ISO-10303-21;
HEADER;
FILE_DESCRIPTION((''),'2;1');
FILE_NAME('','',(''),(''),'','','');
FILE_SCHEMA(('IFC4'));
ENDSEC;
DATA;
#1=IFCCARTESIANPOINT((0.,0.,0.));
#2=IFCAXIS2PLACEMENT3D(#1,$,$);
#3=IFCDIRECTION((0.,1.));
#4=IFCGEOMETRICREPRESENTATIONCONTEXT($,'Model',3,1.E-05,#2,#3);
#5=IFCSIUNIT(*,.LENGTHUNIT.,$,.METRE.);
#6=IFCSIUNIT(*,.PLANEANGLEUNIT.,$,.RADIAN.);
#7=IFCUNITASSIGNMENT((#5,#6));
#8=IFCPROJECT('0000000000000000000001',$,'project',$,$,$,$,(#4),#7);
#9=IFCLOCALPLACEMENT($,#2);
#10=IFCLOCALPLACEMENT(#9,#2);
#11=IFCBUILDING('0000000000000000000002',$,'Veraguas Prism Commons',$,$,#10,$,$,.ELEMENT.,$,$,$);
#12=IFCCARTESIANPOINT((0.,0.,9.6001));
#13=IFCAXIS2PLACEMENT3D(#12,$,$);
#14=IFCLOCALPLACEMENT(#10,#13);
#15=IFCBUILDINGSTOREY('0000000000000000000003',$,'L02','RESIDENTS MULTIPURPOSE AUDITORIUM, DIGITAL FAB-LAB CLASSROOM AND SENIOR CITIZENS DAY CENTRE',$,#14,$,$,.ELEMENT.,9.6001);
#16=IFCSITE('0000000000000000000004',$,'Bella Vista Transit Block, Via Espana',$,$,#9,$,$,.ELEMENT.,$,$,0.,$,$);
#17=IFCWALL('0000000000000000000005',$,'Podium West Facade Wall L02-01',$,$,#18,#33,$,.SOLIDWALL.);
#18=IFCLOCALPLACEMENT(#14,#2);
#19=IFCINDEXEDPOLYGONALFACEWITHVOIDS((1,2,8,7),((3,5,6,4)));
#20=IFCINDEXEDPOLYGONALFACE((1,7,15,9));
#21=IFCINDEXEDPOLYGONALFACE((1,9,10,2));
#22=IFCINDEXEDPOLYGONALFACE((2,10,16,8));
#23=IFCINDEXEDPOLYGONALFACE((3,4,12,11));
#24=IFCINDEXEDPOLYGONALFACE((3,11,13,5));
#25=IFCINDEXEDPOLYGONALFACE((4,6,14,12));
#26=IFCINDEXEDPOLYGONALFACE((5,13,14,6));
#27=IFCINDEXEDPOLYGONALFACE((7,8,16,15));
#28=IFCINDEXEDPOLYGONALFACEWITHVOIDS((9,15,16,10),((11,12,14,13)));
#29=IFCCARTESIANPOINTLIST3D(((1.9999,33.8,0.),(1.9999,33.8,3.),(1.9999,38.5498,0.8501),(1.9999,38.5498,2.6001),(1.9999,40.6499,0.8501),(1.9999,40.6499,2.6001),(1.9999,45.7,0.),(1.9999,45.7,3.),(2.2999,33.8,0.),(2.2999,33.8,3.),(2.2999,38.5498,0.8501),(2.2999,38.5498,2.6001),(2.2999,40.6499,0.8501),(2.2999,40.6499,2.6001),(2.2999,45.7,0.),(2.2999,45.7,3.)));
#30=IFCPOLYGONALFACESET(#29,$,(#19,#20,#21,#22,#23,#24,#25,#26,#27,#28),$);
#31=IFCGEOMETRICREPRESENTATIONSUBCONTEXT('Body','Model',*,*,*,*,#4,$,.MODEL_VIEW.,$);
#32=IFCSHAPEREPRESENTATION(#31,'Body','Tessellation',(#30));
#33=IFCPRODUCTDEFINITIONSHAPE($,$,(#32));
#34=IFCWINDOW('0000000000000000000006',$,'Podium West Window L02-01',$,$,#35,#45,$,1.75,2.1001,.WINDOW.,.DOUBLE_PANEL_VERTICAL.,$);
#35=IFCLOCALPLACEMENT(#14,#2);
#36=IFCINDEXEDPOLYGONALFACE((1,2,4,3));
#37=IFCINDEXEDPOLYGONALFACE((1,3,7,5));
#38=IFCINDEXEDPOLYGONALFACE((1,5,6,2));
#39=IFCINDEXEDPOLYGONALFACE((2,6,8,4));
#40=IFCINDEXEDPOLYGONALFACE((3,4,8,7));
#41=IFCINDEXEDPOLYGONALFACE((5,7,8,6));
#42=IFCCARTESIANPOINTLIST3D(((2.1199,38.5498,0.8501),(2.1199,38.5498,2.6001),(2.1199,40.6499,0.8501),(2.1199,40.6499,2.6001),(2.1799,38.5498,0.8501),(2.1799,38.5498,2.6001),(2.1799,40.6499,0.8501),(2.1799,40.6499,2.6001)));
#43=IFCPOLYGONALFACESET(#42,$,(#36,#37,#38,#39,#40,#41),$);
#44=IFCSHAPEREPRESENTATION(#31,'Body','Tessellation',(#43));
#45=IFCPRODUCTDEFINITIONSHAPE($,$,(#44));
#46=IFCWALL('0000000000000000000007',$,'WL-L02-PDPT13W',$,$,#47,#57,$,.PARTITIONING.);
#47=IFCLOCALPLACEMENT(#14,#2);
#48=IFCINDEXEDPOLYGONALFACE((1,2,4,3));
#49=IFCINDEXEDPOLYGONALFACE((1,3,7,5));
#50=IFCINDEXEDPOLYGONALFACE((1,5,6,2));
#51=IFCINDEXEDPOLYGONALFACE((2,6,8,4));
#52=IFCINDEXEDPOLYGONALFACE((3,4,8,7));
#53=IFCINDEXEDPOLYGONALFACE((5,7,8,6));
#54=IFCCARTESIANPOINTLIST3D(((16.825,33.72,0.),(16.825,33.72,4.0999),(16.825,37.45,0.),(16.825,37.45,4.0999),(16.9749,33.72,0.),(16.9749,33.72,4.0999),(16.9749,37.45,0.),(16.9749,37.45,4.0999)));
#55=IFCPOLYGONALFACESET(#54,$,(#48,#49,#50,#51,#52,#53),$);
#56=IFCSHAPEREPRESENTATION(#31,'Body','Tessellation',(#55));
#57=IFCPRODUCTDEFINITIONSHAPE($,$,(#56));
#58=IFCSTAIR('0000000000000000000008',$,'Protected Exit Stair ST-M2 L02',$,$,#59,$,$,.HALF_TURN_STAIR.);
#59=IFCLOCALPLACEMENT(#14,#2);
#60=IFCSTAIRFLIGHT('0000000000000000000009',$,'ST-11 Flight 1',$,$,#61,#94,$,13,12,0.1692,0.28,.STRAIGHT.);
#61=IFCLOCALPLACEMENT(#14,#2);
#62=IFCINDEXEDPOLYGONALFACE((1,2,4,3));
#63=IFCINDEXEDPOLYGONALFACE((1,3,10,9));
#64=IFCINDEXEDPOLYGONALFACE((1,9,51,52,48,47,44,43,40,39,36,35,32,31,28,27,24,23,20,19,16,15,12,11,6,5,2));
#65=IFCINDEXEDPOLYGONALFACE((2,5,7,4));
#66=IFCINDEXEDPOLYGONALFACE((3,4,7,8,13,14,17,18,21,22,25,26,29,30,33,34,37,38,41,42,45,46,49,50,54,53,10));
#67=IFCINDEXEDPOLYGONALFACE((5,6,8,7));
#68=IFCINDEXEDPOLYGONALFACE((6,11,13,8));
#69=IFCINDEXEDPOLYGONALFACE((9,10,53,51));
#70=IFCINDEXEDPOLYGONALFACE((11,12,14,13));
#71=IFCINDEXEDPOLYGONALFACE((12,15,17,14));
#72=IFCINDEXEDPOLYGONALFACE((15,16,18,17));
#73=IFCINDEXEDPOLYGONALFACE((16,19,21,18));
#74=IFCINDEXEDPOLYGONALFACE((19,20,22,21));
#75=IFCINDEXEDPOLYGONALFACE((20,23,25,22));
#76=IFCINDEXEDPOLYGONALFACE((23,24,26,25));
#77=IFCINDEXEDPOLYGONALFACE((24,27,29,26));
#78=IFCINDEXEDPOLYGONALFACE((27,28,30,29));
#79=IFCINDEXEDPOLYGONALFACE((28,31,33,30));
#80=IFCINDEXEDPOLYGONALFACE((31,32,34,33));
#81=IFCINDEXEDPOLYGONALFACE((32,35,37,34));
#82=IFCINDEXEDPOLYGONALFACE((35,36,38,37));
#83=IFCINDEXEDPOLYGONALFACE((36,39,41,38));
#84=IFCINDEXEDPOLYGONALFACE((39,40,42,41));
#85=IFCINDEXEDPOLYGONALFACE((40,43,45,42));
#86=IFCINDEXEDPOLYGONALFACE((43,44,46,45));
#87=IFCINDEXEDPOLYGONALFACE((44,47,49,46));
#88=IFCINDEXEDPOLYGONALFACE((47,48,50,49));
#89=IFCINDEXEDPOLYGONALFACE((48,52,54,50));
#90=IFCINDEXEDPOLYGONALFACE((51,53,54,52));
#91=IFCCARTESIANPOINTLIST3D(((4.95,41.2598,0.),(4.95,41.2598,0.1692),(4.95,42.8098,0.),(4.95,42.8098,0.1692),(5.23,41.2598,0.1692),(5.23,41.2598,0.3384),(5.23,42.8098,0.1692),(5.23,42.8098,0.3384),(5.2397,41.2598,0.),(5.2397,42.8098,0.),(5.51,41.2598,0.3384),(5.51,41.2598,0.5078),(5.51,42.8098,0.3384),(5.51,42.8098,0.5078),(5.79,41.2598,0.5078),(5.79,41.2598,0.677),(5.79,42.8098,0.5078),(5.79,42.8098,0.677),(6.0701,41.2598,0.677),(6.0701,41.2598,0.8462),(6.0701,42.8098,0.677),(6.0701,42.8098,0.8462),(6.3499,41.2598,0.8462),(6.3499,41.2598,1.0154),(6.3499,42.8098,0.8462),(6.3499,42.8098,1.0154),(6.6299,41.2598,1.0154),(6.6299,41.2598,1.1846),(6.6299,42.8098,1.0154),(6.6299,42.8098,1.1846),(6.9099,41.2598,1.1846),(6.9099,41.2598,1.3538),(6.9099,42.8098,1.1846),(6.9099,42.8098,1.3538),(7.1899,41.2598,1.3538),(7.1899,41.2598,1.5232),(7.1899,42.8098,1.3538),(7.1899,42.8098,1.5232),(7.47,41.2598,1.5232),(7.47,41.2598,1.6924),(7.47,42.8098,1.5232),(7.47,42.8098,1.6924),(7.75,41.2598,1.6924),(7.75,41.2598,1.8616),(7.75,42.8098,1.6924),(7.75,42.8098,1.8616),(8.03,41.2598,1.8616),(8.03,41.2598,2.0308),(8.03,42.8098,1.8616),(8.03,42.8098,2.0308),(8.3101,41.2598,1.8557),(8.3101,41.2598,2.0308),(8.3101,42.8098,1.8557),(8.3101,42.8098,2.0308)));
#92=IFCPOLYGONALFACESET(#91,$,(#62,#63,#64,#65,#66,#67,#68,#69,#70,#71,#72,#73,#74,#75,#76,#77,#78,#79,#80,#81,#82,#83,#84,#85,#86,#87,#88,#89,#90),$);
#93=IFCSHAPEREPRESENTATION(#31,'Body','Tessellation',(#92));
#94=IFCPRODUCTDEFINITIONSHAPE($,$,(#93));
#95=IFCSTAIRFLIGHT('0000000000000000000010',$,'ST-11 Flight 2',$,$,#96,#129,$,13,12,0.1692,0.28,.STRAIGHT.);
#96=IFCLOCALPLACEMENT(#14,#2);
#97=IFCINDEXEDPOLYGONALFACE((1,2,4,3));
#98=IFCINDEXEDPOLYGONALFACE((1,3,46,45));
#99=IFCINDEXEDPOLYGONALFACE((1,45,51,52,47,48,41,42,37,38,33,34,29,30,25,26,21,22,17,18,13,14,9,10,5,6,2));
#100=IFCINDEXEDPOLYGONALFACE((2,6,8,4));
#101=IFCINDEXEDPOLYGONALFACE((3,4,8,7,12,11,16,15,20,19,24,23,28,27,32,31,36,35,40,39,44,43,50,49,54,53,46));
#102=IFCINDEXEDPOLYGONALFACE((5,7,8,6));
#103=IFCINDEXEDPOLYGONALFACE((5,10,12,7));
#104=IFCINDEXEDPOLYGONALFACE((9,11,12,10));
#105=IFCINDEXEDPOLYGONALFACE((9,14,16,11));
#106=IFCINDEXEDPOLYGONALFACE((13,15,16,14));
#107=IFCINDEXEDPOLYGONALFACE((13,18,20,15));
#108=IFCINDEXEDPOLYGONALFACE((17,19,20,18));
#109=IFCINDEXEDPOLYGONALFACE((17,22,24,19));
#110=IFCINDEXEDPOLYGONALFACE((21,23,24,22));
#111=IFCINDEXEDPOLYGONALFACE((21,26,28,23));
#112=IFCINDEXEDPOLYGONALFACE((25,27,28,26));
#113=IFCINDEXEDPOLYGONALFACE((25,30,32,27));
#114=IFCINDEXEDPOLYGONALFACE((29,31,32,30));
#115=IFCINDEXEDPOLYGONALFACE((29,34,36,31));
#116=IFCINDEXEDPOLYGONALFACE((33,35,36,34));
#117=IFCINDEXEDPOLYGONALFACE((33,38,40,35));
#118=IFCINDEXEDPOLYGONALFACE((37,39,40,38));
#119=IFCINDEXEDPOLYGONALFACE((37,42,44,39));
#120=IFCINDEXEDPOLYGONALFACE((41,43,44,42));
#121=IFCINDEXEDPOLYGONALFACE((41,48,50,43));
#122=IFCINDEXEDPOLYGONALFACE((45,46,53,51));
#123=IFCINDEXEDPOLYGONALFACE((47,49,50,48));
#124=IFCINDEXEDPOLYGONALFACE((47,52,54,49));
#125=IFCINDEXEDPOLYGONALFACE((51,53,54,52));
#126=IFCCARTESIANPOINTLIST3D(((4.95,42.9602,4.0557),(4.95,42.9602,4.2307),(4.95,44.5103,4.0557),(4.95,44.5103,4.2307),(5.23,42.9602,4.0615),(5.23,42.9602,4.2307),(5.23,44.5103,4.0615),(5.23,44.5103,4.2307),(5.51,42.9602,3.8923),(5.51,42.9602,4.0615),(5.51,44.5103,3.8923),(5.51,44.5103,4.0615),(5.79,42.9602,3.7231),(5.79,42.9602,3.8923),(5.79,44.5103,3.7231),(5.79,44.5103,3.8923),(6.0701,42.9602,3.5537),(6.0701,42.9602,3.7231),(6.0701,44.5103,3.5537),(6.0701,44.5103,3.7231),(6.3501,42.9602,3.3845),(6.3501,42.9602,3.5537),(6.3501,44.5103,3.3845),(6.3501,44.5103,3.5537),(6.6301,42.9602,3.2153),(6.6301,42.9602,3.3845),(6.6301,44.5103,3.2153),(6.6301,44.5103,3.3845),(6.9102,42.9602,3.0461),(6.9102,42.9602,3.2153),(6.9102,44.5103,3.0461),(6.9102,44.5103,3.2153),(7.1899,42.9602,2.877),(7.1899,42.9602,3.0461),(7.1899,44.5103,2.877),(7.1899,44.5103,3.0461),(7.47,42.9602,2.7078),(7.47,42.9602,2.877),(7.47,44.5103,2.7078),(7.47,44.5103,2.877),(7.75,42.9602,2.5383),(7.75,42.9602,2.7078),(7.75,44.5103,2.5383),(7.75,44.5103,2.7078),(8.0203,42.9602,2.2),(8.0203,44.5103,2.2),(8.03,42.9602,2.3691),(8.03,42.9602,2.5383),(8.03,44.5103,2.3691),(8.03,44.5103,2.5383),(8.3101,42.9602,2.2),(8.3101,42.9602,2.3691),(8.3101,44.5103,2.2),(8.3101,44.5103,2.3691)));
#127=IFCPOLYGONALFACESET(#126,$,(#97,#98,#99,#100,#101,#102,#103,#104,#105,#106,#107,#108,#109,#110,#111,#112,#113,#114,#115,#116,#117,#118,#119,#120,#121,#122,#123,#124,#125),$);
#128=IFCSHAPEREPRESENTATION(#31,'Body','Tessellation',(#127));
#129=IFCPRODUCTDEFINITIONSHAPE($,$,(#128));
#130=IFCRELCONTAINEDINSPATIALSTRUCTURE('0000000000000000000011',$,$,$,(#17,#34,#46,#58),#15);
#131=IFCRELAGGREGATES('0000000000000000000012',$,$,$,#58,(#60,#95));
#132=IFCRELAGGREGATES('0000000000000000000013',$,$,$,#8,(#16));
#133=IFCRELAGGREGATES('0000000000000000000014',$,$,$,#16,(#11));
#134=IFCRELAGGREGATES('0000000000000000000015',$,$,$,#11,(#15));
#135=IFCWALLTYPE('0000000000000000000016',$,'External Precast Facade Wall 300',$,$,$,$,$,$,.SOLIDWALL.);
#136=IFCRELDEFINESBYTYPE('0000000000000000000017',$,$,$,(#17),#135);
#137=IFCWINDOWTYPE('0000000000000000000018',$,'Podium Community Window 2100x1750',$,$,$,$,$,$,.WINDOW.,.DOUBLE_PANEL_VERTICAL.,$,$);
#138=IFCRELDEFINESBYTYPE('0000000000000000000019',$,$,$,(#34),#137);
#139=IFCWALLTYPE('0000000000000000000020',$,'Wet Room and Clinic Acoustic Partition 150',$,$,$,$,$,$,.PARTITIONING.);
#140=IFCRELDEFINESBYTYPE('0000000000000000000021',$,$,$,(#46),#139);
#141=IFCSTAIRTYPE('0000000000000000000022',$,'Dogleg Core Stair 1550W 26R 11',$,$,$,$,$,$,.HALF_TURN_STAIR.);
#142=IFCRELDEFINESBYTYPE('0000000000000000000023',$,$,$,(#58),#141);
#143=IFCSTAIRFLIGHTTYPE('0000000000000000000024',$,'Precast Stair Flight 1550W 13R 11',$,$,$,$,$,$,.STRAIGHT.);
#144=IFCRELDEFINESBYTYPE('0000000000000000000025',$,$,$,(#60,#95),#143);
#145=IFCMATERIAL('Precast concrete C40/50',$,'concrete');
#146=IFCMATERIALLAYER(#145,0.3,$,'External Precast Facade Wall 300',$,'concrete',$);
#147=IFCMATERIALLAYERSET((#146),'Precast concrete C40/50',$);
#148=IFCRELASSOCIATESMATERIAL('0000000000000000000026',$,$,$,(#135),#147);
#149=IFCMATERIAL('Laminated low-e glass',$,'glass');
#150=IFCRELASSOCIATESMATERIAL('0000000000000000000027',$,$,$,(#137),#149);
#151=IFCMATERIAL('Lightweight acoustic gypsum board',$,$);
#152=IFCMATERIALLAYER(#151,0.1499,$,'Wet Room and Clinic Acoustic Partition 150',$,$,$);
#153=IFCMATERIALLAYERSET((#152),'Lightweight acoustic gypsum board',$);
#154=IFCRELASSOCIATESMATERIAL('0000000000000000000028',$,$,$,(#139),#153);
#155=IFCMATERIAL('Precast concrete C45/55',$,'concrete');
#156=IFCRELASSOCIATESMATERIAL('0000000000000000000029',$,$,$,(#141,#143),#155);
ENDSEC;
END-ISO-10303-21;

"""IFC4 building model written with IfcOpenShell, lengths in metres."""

from ifc_helpers import new_model, si_unit, direction, frame, frame_2d, origin, place, context, subcontext, project, spatial, polyline, rectangle, outline, extrude, source, transform, mapped, material, layer, layer_set, type_object, element, fill, aggregate, save


model = new_model("IFC4")

# Units and contexts
model_context = context("Model", 3, precision=1e-05, world=origin(), true_north=direction((0.0, 1.0)))
body_context = subcontext(model_context, "Body", "Model", "MODEL_VIEW")
ifc_project = project(units=[si_unit("LENGTHUNIT", "METRE"), si_unit("PLANEANGLEUNIT", "RADIAN")], contexts=[model_context])

# Site, building, storey
site_placement = place(None, origin())
site = spatial("IfcSite", under=ifc_project, at=site_placement, Name="Bella Vista Transit Block, Via Espana", CompositionType="ELEMENT", RefElevation=0.0)
building_placement = place(site_placement, origin())
building = spatial("IfcBuilding", under=site, at=building_placement, Name="Veraguas Prism Commons", CompositionType="ELEMENT")
storey_placement = place(building_placement, frame((0.0, 0.0, 9.6001)))
storey = spatial("IfcBuildingStorey", under=building, at=storey_placement, Name="L02", Description="RESIDENTS MULTIPURPOSE AUDITORIUM, DIGITAL FAB-LAB CLASSROOM AND SENIOR CITIZENS DAY CENTRE", CompositionType="ELEMENT", Elevation=9.6001)

# Wall, opening, window
ifc_material_1 = material(Name="Precast concrete C40/50", Category="concrete")
ifc_layer_1 = layer(ifc_material_1, 0.3, Name="External Precast Facade Wall 300", Category="concrete")
ifc_layer_set_1 = layer_set([ifc_layer_1], Name="Precast concrete C40/50")
wall_type_1 = type_object("IfcWallType", Name="External Precast Facade Wall 300", PredefinedType="SOLIDWALL", material=ifc_layer_set_1)
ifc_material_2 = material(Name="Laminated low-e glass", Category="glass")
wall_1_placement = place(storey_placement, frame((2.1499, 45.7, 0.0), z_axis=(0.0, 0.0, 1.0), x_axis=(0.0, -1.0, 0.0)))
wall_1 = element("IfcWall", 1, at=wall_1_placement, inside=storey, type_object=wall_type_1, Name="Podium West Facade Wall L02-01", PredefinedType="SOLIDWALL", context=body_context, shape_type="SweptSolid", body=[
    extrude(rectangle(XDim=11.8999, YDim=0.3, at=frame_2d((5.95, 0.0))), origin(), (0.0, 0.0, 1.0), 3.0),
])
opening_1_placement = place(wall_1_placement, frame((5.05, 0.0, 0.8501)))
opening_1 = element("IfcOpeningElement", 2, at=opening_1_placement, cuts=wall_1, PredefinedType="OPENING", context=body_context, shape_type="SweptSolid", body=[
    extrude(rectangle(XDim=2.1001, YDim=1.75, at=frame_2d((1.05, 0.875))), frame((0.0, 0.1599, 0.0), z_axis=(0.0, -1.0, 0.0), x_axis=(1.0, 0.0, 0.0)), (0.0, 0.0, 1.0), 0.3201),
])
window_type_1 = type_object("IfcWindowType", Name="Podium Community Window 2100x1750", PartitioningType="DOUBLE_PANEL_VERTICAL", PredefinedType="WINDOW", material=ifc_material_2)
shared_shape_1 = source(origin(), body_context, "Body", "SweptSolid", [
    extrude(rectangle(XDim=2.1001, YDim=1.75, at=frame_2d((1.05, 0.875))), frame((0.0, 0.03, 0.0), z_axis=(0.0, -1.0, 0.0), x_axis=(1.0, 0.0, 0.0)), (0.0, 0.0, 1.0), 0.0601),
])
window_1_placement = place(opening_1_placement, origin())
window_1 = element("IfcWindow", 3, at=window_1_placement, inside=storey, type_object=window_type_1, Name="Podium West Window L02-01", OverallHeight=1.75, OverallWidth=2.1001, PartitioningType="DOUBLE_PANEL_VERTICAL", PredefinedType="WINDOW", context=body_context, shape_type="MappedRepresentation", body=[
    mapped(shared_shape_1, transform((0.0, 0.0, 0.0), scale=1.0)),
])
fill(opening_1, window_1)

# Wall
ifc_material_3 = material(Name="Lightweight acoustic gypsum board")
ifc_layer_2 = layer(ifc_material_3, 0.1499, Name="Wet Room and Clinic Acoustic Partition 150")
ifc_layer_set_2 = layer_set([ifc_layer_2], Name="Lightweight acoustic gypsum board")
wall_type_2 = type_object("IfcWallType", Name="Wet Room and Clinic Acoustic Partition 150", PredefinedType="PARTITIONING", material=ifc_layer_set_2)
wall_2_placement = place(storey_placement, frame((16.8999, 33.72, 0.0), z_axis=(0.0, 0.0, 1.0), x_axis=(0.0, 1.0, 0.0)))
element("IfcWall", 4, at=wall_2_placement, inside=storey, type_object=wall_type_2, Name="WL-L02-PDPT13W", PredefinedType="PARTITIONING", context=body_context, shape_type="SweptSolid", body=[
    extrude(rectangle(XDim=3.73, YDim=0.1499, at=frame_2d((1.865, 0.0))), origin(), (0.0, 0.0, 1.0), 4.0999),
])

# Stair, stair flights
ifc_material_4 = material(Name="Precast concrete C45/55", Category="concrete")
stair_type = type_object("IfcStairType", Name="Dogleg Core Stair 1550W 26R 11", PredefinedType="HALF_TURN_STAIR", material=ifc_material_4)
stair_placement = place(storey_placement, origin())
stair = element("IfcStair", 5, at=stair_placement, inside=storey, type_object=stair_type, Name="Protected Exit Stair ST-M2 L02", PredefinedType="HALF_TURN_STAIR")
stair_flight_type = type_object("IfcStairFlightType", Name="Precast Stair Flight 1550W 13R 11", PredefinedType="STRAIGHT", material=ifc_material_4)
stair_flight_1_placement = place(storey_placement, frame((4.95, 42.0349, 0.0), z_axis=(0.0, 0.0, 1.0), x_axis=(1.0, 0.0, 0.0)))
stair_flight_1 = element("IfcStairFlight", 6, at=stair_flight_1_placement, type_object=stair_flight_type, Name="ST-11 Flight 1", NumberOfRisers=13, NumberOfTreads=12, PredefinedType="STRAIGHT", RiserHeight=0.1692, TreadLength=0.28, context=body_context, shape_type="SweptSolid", body=[
    extrude(outline(polyline([(0.0, 0.0), (0.0, 0.1692), (0.28, 0.1692), (0.28, 0.3384), (0.5601, 0.3384), (0.5601, 0.5078), (0.8401, 0.5078), (0.8401, 0.677), (1.1201, 0.677), (1.1201, 0.8462), (1.3999, 0.8462), (1.3999, 1.0154), (1.6799, 1.0154), (1.6799, 1.1846), (1.96, 1.1846), (1.96, 1.3538), (2.24, 1.3538), (2.24, 1.5232), (2.52, 1.5232), (2.52, 1.6924), (2.8, 1.6924), (2.8, 1.8616), (3.0801, 1.8616), (3.0801, 2.0308), (3.3601, 2.0308), (3.3601, 2.2), (3.3601, 1.8557), (0.2898, 0.0), (0.0, 0.0)])), frame((0.0, 0.7749, 0.0), z_axis=(0.0, -1.0, 0.0), x_axis=(1.0, 0.0, 0.0)), (0.0, 0.0, 1.0), 1.55),
])
stair_flight_2_placement = place(storey_placement, frame((8.3101, 43.7351, 2.2), z_axis=(0.0, 0.0, 1.0), x_axis=(-1.0, 0.0, 0.0)))
stair_flight_2 = element("IfcStairFlight", 7, at=stair_flight_2_placement, type_object=stair_flight_type, Name="ST-11 Flight 2", NumberOfRisers=13, NumberOfTreads=12, PredefinedType="STRAIGHT", RiserHeight=0.1692, TreadLength=0.28, context=body_context, shape_type="SweptSolid", body=[
    extrude(outline(polyline([(0.0, 0.0), (0.0, 0.1692), (0.28, 0.1692), (0.28, 0.3384), (0.5601, 0.3384), (0.5601, 0.5078), (0.8401, 0.5078), (0.8401, 0.677), (1.1201, 0.677), (1.1201, 0.8462), (1.3999, 0.8462), (1.3999, 1.0154), (1.6799, 1.0154), (1.6799, 1.1846), (1.96, 1.1846), (1.96, 1.3538), (2.24, 1.3538), (2.24, 1.5232), (2.52, 1.5232), (2.52, 1.6924), (2.8, 1.6924), (2.8, 1.8616), (3.0801, 1.8616), (3.0801, 2.0308), (3.3601, 2.0308), (3.3601, 2.2), (3.3601, 1.8557), (0.2898, 0.0), (0.0, 0.0)])), frame((0.0, 0.7749, 0.0), z_axis=(0.0, -1.0, 0.0), x_axis=(1.0, 0.0, 0.0)), (0.0, 0.0, 1.0), 1.55),
])
aggregate(stair, [stair_flight_1, stair_flight_2])

save(model, "model.ifc")
